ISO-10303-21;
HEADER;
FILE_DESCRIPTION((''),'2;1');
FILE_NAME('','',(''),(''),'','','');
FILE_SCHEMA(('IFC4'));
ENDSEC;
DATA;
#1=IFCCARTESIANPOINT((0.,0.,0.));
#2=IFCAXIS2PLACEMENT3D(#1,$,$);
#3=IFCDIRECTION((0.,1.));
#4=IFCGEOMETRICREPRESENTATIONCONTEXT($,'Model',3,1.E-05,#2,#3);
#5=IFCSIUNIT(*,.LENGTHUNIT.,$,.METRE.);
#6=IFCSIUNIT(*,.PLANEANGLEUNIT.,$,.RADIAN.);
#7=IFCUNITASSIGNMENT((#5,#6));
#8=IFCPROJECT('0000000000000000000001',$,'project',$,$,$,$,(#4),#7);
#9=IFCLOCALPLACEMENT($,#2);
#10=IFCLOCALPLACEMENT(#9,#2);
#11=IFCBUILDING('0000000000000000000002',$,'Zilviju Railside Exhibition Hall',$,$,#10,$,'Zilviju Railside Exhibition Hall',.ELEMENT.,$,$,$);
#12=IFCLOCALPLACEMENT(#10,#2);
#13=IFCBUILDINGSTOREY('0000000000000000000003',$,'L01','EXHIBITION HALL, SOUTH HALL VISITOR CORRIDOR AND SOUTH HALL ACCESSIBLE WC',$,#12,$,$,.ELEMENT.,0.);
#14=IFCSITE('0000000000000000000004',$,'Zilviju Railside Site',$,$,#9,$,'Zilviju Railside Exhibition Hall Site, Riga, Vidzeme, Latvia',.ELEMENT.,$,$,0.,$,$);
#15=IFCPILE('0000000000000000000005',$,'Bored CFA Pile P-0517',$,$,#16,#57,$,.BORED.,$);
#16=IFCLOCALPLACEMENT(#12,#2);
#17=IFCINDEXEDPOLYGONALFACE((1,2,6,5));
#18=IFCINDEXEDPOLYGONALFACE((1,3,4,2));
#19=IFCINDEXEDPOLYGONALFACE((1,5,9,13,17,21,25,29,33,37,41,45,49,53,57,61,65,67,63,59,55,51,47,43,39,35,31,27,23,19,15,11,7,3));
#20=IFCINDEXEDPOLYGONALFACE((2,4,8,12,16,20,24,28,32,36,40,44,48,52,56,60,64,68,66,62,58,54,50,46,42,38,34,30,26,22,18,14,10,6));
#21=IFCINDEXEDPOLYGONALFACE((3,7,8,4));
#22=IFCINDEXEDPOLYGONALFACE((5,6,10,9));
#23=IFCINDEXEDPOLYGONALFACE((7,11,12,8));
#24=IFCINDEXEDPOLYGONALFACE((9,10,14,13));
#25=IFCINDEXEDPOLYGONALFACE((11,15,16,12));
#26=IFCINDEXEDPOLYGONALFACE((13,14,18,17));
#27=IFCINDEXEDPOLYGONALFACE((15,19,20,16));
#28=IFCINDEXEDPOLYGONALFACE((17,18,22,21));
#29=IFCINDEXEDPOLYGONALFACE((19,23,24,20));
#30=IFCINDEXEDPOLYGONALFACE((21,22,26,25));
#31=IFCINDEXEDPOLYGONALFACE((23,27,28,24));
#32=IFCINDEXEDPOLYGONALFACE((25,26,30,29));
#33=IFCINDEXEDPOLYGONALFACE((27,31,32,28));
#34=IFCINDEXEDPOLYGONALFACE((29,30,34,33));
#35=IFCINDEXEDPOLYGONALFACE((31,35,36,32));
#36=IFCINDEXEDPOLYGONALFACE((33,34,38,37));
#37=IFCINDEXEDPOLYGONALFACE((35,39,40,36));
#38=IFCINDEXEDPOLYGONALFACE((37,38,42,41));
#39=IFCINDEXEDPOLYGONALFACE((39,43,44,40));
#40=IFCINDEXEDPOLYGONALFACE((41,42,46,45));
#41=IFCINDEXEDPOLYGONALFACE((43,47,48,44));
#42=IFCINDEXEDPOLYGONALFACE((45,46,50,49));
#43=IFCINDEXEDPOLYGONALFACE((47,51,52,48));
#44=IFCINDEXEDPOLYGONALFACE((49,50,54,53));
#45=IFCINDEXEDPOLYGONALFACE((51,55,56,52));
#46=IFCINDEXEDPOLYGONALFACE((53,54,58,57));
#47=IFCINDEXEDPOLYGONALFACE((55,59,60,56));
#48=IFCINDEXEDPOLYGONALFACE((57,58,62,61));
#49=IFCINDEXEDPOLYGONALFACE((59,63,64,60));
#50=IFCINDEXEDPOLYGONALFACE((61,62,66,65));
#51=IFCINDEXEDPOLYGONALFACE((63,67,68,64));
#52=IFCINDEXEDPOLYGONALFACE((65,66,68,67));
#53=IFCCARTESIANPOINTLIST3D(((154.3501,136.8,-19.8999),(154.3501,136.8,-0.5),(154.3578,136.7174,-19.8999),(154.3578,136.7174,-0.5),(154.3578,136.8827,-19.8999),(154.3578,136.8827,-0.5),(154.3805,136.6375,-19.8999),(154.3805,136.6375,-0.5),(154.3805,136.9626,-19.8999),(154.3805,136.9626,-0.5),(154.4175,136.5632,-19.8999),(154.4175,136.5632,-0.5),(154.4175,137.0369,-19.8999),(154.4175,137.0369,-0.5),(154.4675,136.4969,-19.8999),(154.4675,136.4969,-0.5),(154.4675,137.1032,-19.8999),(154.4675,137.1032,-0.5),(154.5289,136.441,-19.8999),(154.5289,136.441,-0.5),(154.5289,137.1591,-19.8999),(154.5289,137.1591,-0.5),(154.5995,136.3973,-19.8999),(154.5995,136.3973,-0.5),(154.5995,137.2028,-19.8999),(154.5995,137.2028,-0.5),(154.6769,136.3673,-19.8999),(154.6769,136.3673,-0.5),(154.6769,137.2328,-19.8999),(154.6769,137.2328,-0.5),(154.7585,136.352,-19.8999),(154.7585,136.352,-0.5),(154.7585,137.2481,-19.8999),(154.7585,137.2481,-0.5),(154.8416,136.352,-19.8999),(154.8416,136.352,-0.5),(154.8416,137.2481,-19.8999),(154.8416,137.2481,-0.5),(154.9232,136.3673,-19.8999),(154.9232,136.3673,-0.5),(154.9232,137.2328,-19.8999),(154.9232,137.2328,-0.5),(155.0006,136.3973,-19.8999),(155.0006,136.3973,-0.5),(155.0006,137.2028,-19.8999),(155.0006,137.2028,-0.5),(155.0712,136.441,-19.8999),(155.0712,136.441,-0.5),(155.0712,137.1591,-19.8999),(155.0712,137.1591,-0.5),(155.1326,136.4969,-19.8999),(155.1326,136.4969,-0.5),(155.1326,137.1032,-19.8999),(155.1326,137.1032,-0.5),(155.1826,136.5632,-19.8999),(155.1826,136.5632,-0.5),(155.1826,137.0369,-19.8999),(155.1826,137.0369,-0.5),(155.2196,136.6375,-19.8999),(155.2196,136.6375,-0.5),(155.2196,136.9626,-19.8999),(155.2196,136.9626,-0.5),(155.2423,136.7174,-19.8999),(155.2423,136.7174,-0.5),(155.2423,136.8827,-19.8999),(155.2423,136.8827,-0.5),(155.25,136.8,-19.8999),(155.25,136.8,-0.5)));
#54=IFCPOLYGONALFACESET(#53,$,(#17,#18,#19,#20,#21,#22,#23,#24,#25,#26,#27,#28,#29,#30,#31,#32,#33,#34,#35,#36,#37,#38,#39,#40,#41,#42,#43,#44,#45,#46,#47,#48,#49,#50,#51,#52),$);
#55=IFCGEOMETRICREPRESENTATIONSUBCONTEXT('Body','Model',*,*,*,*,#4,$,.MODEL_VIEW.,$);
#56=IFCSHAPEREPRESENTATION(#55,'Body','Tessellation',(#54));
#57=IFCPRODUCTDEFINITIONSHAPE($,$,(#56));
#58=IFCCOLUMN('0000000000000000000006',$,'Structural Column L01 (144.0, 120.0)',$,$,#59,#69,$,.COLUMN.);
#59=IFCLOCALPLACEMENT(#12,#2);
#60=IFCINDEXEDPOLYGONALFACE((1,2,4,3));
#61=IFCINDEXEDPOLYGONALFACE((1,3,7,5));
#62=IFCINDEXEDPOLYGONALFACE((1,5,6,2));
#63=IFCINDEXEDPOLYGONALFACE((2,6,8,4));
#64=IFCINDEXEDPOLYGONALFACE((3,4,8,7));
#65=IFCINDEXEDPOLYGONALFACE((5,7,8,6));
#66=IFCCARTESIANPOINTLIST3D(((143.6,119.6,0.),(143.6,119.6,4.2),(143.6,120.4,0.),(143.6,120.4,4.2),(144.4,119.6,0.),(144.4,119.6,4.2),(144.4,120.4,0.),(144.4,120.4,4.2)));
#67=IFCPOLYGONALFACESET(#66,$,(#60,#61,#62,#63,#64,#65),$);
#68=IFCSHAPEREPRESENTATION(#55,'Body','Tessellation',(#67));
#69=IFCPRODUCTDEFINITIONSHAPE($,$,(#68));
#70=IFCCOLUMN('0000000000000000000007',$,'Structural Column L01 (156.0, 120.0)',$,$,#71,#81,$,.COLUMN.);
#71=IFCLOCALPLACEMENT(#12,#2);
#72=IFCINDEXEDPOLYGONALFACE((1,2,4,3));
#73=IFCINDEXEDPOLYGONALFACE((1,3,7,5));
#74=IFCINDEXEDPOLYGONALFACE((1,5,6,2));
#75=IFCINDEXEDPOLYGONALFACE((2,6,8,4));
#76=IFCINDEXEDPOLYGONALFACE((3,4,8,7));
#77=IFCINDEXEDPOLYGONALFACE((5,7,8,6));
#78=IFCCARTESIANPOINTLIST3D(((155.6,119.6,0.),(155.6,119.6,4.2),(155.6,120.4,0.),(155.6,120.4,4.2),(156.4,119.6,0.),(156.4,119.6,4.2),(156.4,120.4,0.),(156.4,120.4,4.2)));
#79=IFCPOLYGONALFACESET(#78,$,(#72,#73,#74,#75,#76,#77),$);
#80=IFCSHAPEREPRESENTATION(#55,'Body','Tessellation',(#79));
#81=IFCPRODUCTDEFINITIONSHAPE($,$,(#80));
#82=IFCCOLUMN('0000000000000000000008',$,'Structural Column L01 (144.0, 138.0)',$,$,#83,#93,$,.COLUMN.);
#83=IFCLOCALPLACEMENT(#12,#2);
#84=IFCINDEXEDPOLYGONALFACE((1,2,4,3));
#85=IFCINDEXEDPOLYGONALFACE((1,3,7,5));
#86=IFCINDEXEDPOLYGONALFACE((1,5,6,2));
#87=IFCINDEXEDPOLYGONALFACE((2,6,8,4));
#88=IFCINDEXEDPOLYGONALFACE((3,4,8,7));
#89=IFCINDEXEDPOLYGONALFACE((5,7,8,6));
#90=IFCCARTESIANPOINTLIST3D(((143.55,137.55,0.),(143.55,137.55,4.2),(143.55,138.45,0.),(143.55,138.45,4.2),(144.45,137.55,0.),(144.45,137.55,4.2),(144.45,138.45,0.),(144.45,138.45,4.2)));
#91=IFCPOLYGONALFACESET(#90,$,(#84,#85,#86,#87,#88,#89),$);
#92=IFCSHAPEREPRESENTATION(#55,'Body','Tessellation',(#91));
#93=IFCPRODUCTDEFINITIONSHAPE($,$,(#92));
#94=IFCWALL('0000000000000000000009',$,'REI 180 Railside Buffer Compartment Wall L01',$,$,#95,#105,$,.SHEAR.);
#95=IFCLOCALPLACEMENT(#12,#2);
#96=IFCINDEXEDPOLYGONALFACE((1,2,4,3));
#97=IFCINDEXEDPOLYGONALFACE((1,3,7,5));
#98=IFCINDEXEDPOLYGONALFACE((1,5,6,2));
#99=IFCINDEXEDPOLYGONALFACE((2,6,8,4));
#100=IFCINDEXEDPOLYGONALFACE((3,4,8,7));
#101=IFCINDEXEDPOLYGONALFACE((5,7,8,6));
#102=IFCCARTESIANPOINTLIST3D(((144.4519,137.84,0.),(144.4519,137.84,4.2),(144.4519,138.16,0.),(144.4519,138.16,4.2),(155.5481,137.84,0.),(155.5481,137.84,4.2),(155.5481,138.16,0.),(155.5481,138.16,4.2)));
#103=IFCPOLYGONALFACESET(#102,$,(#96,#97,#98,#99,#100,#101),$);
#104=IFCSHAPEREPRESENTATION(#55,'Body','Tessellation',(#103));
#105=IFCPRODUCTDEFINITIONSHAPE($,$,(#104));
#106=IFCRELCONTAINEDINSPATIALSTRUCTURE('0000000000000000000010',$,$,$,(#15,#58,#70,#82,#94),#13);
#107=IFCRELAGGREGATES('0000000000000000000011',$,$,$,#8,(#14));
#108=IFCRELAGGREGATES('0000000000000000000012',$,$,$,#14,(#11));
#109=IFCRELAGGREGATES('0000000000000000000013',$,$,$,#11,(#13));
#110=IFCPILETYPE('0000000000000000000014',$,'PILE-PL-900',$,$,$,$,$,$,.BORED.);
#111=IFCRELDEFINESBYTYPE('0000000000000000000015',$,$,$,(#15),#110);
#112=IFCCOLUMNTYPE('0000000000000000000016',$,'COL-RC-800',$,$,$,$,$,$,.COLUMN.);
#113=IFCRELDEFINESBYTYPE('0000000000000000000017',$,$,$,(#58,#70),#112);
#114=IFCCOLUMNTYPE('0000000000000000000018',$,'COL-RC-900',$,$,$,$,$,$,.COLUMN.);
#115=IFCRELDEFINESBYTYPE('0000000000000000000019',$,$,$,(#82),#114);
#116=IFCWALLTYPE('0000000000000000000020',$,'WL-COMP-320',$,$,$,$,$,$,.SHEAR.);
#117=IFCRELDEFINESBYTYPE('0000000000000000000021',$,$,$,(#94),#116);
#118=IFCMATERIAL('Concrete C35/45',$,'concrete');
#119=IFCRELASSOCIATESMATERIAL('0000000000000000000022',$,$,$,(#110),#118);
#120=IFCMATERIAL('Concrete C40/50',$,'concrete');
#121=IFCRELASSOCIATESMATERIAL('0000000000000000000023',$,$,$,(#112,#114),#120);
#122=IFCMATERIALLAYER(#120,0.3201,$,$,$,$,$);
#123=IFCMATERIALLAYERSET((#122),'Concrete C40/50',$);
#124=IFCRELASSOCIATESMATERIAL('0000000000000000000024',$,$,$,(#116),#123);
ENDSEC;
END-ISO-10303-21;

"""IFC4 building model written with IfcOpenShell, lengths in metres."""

from ifc_helpers import new_model, si_unit, direction, frame, frame_2d, origin, origin_2d, place, context, subcontext, project, spatial, rectangle, circle, extrude, material, layer, layer_set, material_profile, profile_set, type_object, element, save


model = new_model("IFC4")

# Units and contexts
model_context = context("Model", 3, precision=1e-05, world=origin(), true_north=direction((0.0, 1.0)))
body_context = subcontext(model_context, "Body", "Model", "MODEL_VIEW")
ifc_project = project(units=[si_unit("LENGTHUNIT", "METRE"), si_unit("PLANEANGLEUNIT", "RADIAN")], contexts=[model_context])

# Site, building, storey
site_placement = place(None, origin())
site = spatial("IfcSite", under=ifc_project, at=site_placement, Name="Zilviju Railside Site", LongName="Zilviju Railside Exhibition Hall Site, Riga, Vidzeme, Latvia", CompositionType="ELEMENT", RefElevation=0.0)
building_placement = place(site_placement, origin())
building = spatial("IfcBuilding", under=site, at=building_placement, Name="Zilviju Railside Exhibition Hall", LongName="Zilviju Railside Exhibition Hall", CompositionType="ELEMENT")
storey_placement = place(building_placement, origin())
storey = spatial("IfcBuildingStorey", under=building, at=storey_placement, Name="L01", Description="EXHIBITION HALL, SOUTH HALL VISITOR CORRIDOR AND SOUTH HALL ACCESSIBLE WC", CompositionType="ELEMENT", Elevation=0.0)

# Shared definitions
ifc_material_1 = material(Name="Concrete C35/45", Category="concrete")

# Pile
ifc_material_profile_1 = material_profile(ifc_material_1, circle(Radius=0.45, at=origin_2d()), Name="CFA PILE D900")
ifc_profile_set_1 = profile_set([ifc_material_profile_1], Name="Concrete C35/45")
pile_type = type_object("IfcPileType", Name="PILE-PL-900", PredefinedType="BORED", material=ifc_profile_set_1)
for number, where, z_axis, x_axis, name in (
    (1, (154.8, 136.8, -0.5), (0.0, 0.0, -1.0), (1.0, 0.0, 0.0), "Bored CFA Pile P-0517"),
):
    element("IfcPile", number, at=place(storey_placement, frame(where, z_axis=z_axis, x_axis=x_axis)), inside=storey, type_object=pile_type, Name=name, PredefinedType="BORED", context=body_context, shape_type="SweptSolid", body=[
        extrude(circle(Radius=0.45, at=origin_2d()), origin(), (0.0, 0.0, 1.0), 19.3999),
    ])

# Columns
ifc_material_2 = material(Name="Concrete C40/50", Category="concrete")
ifc_material_profile_2 = material_profile(ifc_material_2, rectangle(XDim=0.8, YDim=0.8, at=origin_2d()), Name="RC COL 800x800")
ifc_profile_set_2 = profile_set([ifc_material_profile_2], Name="Concrete C40/50")
column_type_1 = type_object("IfcColumnType", Name="COL-RC-800", PredefinedType="COLUMN", material=ifc_profile_set_2)
for number, where, z_axis, x_axis, name in (
    (2, (144.0, 120.0, 0.0), (0.0, 0.0, 1.0), (1.0, 0.0, 0.0), "Structural Column L01 (144.0, 120.0)"),
    (3, (156.0, 120.0, 0.0), (0.0, 0.0, 1.0), (1.0, 0.0, 0.0), "Structural Column L01 (156.0, 120.0)"),
):
    element("IfcColumn", number, at=place(storey_placement, frame(where, z_axis=z_axis, x_axis=x_axis)), inside=storey, type_object=column_type_1, Name=name, PredefinedType="COLUMN", context=body_context, shape_type="SweptSolid", body=[
        extrude(rectangle(XDim=0.8, YDim=0.8, at=origin_2d()), origin(), (0.0, 0.0, 1.0), 4.2),
    ])
ifc_material_profile_3 = material_profile(ifc_material_2, rectangle(XDim=0.8999, YDim=0.8999, at=origin_2d()), Name="RC COL 900x900")
ifc_profile_set_3 = profile_set([ifc_material_profile_3], Name="Concrete C40/50")
column_type_2 = type_object("IfcColumnType", Name="COL-RC-900", PredefinedType="COLUMN", material=ifc_profile_set_3)
column_placement = place(storey_placement, frame((144.0, 138.0, 0.0), z_axis=(0.0, 0.0, 1.0), x_axis=(1.0, 0.0, 0.0)))
element("IfcColumn", 4, at=column_placement, inside=storey, type_object=column_type_2, Name="Structural Column L01 (144.0, 138.0)", PredefinedType="COLUMN", context=body_context, shape_type="SweptSolid", body=[
    extrude(rectangle(XDim=0.8999, YDim=0.8999, at=origin_2d()), origin(), (0.0, 0.0, 1.0), 4.2),
])

# Wall
ifc_layer = layer(ifc_material_2, 0.3201)
ifc_layer_set = layer_set([ifc_layer], Name="Concrete C40/50")
wall_type = type_object("IfcWallType", Name="WL-COMP-320", PredefinedType="SHEAR", material=ifc_layer_set)
wall_placement = place(storey_placement, frame((144.4519, 138.0, 0.0), z_axis=(0.0, 0.0, 1.0), x_axis=(1.0, 0.0, 0.0)))
element("IfcWall", 5, at=wall_placement, inside=storey, type_object=wall_type, Name="REI 180 Railside Buffer Compartment Wall L01", PredefinedType="SHEAR", context=body_context, shape_type="SweptSolid", body=[
    extrude(rectangle(XDim=11.0962, YDim=0.3201, at=frame_2d((5.5481, 0.0))), origin(), (0.0, 0.0, 1.0), 4.2),
])

save(model, "model.ifc")
